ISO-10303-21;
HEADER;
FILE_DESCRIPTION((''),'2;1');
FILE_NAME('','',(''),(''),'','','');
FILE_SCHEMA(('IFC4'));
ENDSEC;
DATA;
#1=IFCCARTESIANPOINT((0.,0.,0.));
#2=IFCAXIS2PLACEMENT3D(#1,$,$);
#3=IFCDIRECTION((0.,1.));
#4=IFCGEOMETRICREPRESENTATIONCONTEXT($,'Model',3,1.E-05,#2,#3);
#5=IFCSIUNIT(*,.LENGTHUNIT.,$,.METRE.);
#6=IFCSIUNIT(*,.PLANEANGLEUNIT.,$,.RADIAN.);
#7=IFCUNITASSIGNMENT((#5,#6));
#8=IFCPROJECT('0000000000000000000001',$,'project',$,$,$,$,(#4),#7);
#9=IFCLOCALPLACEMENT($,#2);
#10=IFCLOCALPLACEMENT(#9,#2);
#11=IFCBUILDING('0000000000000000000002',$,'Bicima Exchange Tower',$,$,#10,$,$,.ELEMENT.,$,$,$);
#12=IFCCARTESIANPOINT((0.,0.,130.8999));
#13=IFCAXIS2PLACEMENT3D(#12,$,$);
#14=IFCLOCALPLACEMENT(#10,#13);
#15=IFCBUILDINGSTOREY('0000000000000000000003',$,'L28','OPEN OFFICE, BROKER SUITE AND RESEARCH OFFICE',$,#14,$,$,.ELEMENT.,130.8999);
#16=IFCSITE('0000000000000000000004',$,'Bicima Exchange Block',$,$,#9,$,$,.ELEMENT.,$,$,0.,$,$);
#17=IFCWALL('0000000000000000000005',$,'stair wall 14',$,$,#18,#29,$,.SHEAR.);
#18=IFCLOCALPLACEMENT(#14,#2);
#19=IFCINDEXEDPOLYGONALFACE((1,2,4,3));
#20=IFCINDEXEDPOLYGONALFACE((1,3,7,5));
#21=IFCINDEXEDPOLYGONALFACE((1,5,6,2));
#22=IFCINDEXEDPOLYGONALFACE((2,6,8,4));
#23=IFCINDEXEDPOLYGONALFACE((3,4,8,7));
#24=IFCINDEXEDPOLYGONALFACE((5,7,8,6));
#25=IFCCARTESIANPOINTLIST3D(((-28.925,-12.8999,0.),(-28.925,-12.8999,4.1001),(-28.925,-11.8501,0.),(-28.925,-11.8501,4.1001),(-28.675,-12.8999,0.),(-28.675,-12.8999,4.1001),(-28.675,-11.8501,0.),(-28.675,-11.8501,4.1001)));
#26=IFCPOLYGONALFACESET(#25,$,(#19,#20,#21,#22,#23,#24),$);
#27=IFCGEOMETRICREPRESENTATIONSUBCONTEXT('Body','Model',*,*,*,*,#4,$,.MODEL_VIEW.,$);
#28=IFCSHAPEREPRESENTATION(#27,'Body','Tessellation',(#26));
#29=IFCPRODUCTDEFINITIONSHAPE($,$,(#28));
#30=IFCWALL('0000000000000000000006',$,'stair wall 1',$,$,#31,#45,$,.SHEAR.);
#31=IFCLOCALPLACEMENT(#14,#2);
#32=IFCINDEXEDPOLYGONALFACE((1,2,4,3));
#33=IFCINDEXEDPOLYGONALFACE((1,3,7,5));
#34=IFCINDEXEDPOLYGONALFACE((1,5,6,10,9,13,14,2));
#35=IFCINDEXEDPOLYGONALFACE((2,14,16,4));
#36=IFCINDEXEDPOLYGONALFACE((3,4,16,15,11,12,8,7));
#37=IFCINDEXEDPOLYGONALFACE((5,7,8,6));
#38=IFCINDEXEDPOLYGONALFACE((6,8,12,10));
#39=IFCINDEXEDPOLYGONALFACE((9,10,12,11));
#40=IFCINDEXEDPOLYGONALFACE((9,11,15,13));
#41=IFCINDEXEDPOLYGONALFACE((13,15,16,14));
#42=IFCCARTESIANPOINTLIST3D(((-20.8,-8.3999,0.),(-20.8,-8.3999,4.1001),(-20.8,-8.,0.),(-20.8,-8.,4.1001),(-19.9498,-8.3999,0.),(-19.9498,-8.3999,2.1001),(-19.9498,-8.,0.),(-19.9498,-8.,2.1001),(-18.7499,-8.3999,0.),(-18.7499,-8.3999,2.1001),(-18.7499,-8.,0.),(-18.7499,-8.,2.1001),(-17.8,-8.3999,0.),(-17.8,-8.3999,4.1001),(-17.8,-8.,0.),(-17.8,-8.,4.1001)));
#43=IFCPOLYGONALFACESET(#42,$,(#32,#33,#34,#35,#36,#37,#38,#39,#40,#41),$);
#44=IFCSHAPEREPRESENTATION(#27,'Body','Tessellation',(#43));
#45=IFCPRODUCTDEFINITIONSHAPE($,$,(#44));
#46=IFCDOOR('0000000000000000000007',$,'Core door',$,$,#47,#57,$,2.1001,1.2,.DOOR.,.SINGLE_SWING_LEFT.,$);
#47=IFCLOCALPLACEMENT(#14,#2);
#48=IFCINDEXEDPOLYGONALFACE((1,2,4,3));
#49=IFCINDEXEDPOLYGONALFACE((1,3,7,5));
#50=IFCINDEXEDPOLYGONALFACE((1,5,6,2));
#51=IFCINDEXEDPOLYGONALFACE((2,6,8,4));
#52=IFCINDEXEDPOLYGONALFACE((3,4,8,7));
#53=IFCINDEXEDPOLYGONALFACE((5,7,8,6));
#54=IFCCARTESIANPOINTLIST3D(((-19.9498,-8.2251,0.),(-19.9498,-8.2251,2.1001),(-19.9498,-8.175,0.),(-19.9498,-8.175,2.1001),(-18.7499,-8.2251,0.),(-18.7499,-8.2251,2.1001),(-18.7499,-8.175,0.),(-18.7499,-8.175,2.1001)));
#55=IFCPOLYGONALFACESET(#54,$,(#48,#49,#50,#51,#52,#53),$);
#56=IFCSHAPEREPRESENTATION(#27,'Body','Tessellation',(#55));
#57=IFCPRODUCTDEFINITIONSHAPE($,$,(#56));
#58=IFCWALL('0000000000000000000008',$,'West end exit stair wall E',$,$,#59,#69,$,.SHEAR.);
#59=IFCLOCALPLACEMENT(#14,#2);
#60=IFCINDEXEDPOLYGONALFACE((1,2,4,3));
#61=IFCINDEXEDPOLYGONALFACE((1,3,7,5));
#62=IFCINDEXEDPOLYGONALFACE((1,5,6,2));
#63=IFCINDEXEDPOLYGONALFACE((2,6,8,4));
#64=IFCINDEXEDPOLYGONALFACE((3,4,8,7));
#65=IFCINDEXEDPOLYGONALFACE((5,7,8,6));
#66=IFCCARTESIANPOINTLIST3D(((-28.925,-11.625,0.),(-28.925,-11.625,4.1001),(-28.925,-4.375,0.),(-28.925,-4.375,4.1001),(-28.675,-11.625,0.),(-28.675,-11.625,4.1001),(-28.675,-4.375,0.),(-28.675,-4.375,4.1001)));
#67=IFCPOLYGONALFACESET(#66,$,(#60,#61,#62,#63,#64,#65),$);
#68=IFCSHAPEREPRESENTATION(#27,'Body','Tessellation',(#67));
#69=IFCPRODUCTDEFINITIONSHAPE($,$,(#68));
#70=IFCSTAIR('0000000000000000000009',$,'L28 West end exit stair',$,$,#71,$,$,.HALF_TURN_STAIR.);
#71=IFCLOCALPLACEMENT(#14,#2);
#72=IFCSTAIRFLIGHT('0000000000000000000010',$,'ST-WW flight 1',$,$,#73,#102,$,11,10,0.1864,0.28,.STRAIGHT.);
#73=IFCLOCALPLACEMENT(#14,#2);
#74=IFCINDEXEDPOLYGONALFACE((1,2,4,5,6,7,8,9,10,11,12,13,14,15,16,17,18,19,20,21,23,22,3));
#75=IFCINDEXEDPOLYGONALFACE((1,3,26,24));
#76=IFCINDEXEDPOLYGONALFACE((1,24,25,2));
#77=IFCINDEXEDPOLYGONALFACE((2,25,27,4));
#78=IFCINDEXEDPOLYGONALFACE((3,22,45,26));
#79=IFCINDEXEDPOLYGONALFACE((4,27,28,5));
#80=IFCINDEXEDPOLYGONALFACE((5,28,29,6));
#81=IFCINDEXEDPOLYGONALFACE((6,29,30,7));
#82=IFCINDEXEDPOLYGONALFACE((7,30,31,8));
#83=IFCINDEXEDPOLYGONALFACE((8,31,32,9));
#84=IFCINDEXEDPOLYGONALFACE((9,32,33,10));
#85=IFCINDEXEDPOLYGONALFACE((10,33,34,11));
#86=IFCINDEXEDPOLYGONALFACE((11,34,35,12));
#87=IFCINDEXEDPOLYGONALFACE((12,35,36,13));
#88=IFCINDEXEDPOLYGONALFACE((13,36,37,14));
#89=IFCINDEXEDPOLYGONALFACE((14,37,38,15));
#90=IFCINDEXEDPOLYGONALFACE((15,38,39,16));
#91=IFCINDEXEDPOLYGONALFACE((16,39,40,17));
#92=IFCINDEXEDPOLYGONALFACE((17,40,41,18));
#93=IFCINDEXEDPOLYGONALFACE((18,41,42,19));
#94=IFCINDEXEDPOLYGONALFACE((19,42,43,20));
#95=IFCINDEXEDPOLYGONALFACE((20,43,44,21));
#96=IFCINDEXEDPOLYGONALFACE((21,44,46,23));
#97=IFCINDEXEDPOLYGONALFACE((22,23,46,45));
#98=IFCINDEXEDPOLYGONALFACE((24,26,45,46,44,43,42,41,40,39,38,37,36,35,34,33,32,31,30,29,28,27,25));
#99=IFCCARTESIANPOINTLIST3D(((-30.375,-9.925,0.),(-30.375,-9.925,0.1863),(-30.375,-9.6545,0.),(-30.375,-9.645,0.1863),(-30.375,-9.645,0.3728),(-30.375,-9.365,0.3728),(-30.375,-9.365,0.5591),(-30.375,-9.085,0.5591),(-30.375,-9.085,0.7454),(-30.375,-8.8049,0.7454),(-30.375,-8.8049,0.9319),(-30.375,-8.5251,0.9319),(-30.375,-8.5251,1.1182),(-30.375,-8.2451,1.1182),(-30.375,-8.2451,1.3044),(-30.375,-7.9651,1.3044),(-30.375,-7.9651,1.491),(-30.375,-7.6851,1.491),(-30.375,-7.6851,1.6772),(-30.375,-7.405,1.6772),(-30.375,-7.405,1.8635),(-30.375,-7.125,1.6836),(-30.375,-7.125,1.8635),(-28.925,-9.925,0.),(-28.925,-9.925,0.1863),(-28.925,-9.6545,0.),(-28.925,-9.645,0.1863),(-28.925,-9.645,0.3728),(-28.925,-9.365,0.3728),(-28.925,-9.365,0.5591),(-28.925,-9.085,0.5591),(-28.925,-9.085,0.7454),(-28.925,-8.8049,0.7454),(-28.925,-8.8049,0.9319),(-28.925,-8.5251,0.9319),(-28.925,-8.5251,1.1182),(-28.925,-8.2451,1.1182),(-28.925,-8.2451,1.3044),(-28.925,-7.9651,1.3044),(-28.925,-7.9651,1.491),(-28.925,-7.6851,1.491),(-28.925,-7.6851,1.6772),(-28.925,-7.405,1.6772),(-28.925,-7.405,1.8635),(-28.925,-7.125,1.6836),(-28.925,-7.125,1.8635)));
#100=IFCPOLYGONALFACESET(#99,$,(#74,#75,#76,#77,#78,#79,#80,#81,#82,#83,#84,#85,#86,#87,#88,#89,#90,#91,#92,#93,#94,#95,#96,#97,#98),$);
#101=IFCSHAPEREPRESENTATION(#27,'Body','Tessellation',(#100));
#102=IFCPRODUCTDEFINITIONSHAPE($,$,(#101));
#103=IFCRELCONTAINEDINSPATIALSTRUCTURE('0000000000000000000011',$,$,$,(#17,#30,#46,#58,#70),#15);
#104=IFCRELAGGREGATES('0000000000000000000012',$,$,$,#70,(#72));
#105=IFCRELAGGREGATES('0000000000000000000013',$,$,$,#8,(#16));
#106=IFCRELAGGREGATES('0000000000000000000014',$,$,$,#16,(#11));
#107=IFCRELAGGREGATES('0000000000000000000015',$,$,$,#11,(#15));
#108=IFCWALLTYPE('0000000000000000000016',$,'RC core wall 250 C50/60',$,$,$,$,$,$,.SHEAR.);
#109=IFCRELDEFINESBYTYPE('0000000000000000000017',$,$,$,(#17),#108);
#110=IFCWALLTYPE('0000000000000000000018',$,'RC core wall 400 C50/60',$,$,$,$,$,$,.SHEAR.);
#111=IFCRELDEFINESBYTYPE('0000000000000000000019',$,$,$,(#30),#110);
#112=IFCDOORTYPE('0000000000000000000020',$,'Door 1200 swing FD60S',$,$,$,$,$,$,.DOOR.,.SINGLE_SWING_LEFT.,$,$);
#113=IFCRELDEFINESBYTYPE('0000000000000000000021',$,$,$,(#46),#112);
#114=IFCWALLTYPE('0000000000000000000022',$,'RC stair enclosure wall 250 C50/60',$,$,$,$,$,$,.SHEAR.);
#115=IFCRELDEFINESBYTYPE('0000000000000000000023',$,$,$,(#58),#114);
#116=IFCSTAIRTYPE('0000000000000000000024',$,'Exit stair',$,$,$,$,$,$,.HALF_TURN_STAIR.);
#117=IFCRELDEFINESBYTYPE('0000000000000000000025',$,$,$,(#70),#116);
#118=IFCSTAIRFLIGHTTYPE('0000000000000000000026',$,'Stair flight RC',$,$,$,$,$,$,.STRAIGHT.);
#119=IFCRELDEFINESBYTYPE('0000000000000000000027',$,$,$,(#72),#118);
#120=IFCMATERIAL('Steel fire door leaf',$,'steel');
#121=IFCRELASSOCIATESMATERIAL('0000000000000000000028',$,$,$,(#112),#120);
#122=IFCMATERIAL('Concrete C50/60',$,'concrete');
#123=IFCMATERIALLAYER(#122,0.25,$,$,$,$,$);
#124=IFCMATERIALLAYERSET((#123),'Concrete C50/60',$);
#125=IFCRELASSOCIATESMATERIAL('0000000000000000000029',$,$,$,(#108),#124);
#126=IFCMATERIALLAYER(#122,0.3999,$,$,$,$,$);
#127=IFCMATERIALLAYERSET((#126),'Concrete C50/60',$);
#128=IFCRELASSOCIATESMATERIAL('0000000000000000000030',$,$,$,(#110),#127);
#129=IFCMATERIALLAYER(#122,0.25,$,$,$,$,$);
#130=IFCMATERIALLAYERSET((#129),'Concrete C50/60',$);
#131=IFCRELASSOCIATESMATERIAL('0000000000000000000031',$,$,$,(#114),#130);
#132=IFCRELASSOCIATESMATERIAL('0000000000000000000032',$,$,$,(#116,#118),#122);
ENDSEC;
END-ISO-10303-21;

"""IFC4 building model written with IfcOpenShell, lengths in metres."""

from ifc_helpers import new_model, si_unit, direction, frame, frame_2d, origin, place, context, subcontext, project, spatial, polyline, rectangle, outline, extrude, material, layer, layer_set, type_object, element, fill, aggregate, save


model = new_model("IFC4")

# Units and contexts
model_context = context("Model", 3, precision=1e-05, world=origin(), true_north=direction((0.0, 1.0)))
body_context = subcontext(model_context, "Body", "Model", "MODEL_VIEW")
ifc_project = project(units=[si_unit("LENGTHUNIT", "METRE"), si_unit("PLANEANGLEUNIT", "RADIAN")], contexts=[model_context])

# Site, building, storey
site_placement = place(None, origin())
site = spatial("IfcSite", under=ifc_project, at=site_placement, Name="Bicima Exchange Block", CompositionType="ELEMENT", RefElevation=0.0)
building_placement = place(site_placement, origin())
building = spatial("IfcBuilding", under=site, at=building_placement, Name="Bicima Exchange Tower", CompositionType="ELEMENT")
storey_placement = place(building_placement, frame((0.0, 0.0, 130.8999)))
storey = spatial("IfcBuildingStorey", under=building, at=storey_placement, Name="L28", Description="OPEN OFFICE, BROKER SUITE AND RESEARCH OFFICE", CompositionType="ELEMENT", Elevation=130.8999)

# Shared definitions
ifc_material_1 = material(Name="Steel fire door leaf", Category="steel")

# Shared definitions
door_type_1 = type_object("IfcDoorType", Name="Door 1200 swing FD60S", OperationType="SINGLE_SWING_LEFT", PredefinedType="DOOR", material=ifc_material_1)

# Wall
ifc_material_2 = material(Name="Concrete C50/60", Category="concrete")
ifc_layer_1 = layer(ifc_material_2, 0.25)
ifc_layer_set_1 = layer_set([ifc_layer_1], Name="Concrete C50/60")
wall_type_1 = type_object("IfcWallType", Name="RC core wall 250 C50/60", PredefinedType="SHEAR", material=ifc_layer_set_1)
wall_1_placement = place(storey_placement, frame((-28.8, -12.8999, 0.0), z_axis=(0.0, 0.0, 1.0), x_axis=(0.0, 1.0, 0.0)))
element("IfcWall", 1, at=wall_1_placement, inside=storey, type_object=wall_type_1, Name="stair wall 14", PredefinedType="SHEAR", context=body_context, shape_type="SweptSolid", body=[
    extrude(rectangle(XDim=1.0498, YDim=0.25, at=frame_2d((0.5249, 0.0))), origin(), (0.0, 0.0, 1.0), 4.1001),
])

# Wall, opening, door
ifc_layer_2 = layer(ifc_material_2, 0.3999)
ifc_layer_set_2 = layer_set([ifc_layer_2], Name="Concrete C50/60")
wall_type_2 = type_object("IfcWallType", Name="RC core wall 400 C50/60", PredefinedType="SHEAR", material=ifc_layer_set_2)
wall_2_placement = place(storey_placement, frame((-20.8, -8.2, 0.0), z_axis=(0.0, 0.0, 1.0), x_axis=(1.0, 0.0, 0.0)))
wall_2 = element("IfcWall", 2, at=wall_2_placement, inside=storey, type_object=wall_type_2, Name="stair wall 1", PredefinedType="SHEAR", context=body_context, shape_type="SweptSolid", body=[
    extrude(rectangle(XDim=3.0, YDim=0.3999, at=frame_2d((1.5, 0.0))), origin(), (0.0, 0.0, 1.0), 4.1001),
])
opening_1_placement = place(wall_2_placement, frame((0.8501, 0.0, 0.0)))
opening_1 = element("IfcOpeningElement", 3, at=opening_1_placement, cuts=wall_2, PredefinedType="OPENING", context=body_context, shape_type="SweptSolid", body=[
    extrude(rectangle(XDim=1.2, YDim=2.1001, at=frame_2d((0.6001, 1.05))), frame((0.0, 0.2119, 0.0), z_axis=(0.0, -1.0, 0.0), x_axis=(1.0, 0.0, 0.0)), (0.0, 0.0, 1.0), 0.4238),
])
door_1_placement = place(opening_1_placement, origin())
door_1 = element("IfcDoor", 4, at=door_1_placement, inside=storey, type_object=door_type_1, Name="Core door", OperationType="SINGLE_SWING_LEFT", OverallHeight=2.1001, OverallWidth=1.2, PredefinedType="DOOR", context=body_context, shape_type="SweptSolid", body=[
    extrude(rectangle(XDim=1.2, YDim=2.1001, at=frame_2d((0.6001, 1.05))), frame((0.0, 0.0249, 0.0), z_axis=(0.0, -1.0, 0.0), x_axis=(1.0, 0.0, 0.0)), (0.0, 0.0, 1.0), 0.05),
])
fill(opening_1, door_1)

# Wall
ifc_layer_3 = layer(ifc_material_2, 0.25)
ifc_layer_set_3 = layer_set([ifc_layer_3], Name="Concrete C50/60")
wall_type_3 = type_object("IfcWallType", Name="RC stair enclosure wall 250 C50/60", PredefinedType="SHEAR", material=ifc_layer_set_3)
wall_3_placement = place(storey_placement, frame((-28.8, -11.625, 0.0), z_axis=(0.0, 0.0, 1.0), x_axis=(0.0, 1.0, 0.0)))
element("IfcWall", 5, at=wall_3_placement, inside=storey, type_object=wall_type_3, Name="West end exit stair wall E", PredefinedType="SHEAR", context=body_context, shape_type="SweptSolid", body=[
    extrude(rectangle(XDim=7.25, YDim=0.25, at=frame_2d((3.625, 0.0))), origin(), (0.0, 0.0, 1.0), 4.1001),
])

# Stair, stair flight
stair_type = type_object("IfcStairType", Name="Exit stair", PredefinedType="HALF_TURN_STAIR", material=ifc_material_2)
stair_placement = place(storey_placement, origin())
stair = element("IfcStair", 6, at=stair_placement, inside=storey, type_object=stair_type, Name="L28 West end exit stair", PredefinedType="HALF_TURN_STAIR")
stair_flight_type = type_object("IfcStairFlightType", Name="Stair flight RC", PredefinedType="STRAIGHT", material=ifc_material_2)
stair_flight_placement = place(storey_placement, frame((-29.6499, -9.925, 0.0), z_axis=(0.0, 0.0, 1.0), x_axis=(0.0, 1.0, 0.0)))
stair_flight = element("IfcStairFlight", 7, at=stair_flight_placement, type_object=stair_flight_type, Name="ST-WW flight 1", NumberOfRisers=11, NumberOfTreads=10, PredefinedType="STRAIGHT", RiserHeight=0.1864, TreadLength=0.28, context=body_context, shape_type="SweptSolid", body=[
    extrude(outline(polyline([(0.0, 0.0), (0.0, 0.1863), (0.28, 0.1863), (0.28, 0.3728), (0.5601, 0.3728), (0.5601, 0.5591), (0.8401, 0.5591), (0.8401, 0.7454), (1.1201, 0.7454), (1.1201, 0.9319), (1.3999, 0.9319), (1.3999, 1.1182), (1.6799, 1.1182), (1.6799, 1.3044), (1.96, 1.3044), (1.96, 1.491), (2.24, 1.491), (2.24, 1.6772), (2.52, 1.6772), (2.52, 1.8635), (2.8, 1.8635), (2.8, 2.05), (2.8, 1.6836), (0.2705, 0.0), (0.0, 0.0)])), frame((0.0, 0.7251, 0.0), z_axis=(0.0, -1.0, 0.0), x_axis=(1.0, 0.0, 0.0)), (0.0, 0.0, 1.0), 1.45),
])
aggregate(stair, [stair_flight])

save(model, "model.ifc")
